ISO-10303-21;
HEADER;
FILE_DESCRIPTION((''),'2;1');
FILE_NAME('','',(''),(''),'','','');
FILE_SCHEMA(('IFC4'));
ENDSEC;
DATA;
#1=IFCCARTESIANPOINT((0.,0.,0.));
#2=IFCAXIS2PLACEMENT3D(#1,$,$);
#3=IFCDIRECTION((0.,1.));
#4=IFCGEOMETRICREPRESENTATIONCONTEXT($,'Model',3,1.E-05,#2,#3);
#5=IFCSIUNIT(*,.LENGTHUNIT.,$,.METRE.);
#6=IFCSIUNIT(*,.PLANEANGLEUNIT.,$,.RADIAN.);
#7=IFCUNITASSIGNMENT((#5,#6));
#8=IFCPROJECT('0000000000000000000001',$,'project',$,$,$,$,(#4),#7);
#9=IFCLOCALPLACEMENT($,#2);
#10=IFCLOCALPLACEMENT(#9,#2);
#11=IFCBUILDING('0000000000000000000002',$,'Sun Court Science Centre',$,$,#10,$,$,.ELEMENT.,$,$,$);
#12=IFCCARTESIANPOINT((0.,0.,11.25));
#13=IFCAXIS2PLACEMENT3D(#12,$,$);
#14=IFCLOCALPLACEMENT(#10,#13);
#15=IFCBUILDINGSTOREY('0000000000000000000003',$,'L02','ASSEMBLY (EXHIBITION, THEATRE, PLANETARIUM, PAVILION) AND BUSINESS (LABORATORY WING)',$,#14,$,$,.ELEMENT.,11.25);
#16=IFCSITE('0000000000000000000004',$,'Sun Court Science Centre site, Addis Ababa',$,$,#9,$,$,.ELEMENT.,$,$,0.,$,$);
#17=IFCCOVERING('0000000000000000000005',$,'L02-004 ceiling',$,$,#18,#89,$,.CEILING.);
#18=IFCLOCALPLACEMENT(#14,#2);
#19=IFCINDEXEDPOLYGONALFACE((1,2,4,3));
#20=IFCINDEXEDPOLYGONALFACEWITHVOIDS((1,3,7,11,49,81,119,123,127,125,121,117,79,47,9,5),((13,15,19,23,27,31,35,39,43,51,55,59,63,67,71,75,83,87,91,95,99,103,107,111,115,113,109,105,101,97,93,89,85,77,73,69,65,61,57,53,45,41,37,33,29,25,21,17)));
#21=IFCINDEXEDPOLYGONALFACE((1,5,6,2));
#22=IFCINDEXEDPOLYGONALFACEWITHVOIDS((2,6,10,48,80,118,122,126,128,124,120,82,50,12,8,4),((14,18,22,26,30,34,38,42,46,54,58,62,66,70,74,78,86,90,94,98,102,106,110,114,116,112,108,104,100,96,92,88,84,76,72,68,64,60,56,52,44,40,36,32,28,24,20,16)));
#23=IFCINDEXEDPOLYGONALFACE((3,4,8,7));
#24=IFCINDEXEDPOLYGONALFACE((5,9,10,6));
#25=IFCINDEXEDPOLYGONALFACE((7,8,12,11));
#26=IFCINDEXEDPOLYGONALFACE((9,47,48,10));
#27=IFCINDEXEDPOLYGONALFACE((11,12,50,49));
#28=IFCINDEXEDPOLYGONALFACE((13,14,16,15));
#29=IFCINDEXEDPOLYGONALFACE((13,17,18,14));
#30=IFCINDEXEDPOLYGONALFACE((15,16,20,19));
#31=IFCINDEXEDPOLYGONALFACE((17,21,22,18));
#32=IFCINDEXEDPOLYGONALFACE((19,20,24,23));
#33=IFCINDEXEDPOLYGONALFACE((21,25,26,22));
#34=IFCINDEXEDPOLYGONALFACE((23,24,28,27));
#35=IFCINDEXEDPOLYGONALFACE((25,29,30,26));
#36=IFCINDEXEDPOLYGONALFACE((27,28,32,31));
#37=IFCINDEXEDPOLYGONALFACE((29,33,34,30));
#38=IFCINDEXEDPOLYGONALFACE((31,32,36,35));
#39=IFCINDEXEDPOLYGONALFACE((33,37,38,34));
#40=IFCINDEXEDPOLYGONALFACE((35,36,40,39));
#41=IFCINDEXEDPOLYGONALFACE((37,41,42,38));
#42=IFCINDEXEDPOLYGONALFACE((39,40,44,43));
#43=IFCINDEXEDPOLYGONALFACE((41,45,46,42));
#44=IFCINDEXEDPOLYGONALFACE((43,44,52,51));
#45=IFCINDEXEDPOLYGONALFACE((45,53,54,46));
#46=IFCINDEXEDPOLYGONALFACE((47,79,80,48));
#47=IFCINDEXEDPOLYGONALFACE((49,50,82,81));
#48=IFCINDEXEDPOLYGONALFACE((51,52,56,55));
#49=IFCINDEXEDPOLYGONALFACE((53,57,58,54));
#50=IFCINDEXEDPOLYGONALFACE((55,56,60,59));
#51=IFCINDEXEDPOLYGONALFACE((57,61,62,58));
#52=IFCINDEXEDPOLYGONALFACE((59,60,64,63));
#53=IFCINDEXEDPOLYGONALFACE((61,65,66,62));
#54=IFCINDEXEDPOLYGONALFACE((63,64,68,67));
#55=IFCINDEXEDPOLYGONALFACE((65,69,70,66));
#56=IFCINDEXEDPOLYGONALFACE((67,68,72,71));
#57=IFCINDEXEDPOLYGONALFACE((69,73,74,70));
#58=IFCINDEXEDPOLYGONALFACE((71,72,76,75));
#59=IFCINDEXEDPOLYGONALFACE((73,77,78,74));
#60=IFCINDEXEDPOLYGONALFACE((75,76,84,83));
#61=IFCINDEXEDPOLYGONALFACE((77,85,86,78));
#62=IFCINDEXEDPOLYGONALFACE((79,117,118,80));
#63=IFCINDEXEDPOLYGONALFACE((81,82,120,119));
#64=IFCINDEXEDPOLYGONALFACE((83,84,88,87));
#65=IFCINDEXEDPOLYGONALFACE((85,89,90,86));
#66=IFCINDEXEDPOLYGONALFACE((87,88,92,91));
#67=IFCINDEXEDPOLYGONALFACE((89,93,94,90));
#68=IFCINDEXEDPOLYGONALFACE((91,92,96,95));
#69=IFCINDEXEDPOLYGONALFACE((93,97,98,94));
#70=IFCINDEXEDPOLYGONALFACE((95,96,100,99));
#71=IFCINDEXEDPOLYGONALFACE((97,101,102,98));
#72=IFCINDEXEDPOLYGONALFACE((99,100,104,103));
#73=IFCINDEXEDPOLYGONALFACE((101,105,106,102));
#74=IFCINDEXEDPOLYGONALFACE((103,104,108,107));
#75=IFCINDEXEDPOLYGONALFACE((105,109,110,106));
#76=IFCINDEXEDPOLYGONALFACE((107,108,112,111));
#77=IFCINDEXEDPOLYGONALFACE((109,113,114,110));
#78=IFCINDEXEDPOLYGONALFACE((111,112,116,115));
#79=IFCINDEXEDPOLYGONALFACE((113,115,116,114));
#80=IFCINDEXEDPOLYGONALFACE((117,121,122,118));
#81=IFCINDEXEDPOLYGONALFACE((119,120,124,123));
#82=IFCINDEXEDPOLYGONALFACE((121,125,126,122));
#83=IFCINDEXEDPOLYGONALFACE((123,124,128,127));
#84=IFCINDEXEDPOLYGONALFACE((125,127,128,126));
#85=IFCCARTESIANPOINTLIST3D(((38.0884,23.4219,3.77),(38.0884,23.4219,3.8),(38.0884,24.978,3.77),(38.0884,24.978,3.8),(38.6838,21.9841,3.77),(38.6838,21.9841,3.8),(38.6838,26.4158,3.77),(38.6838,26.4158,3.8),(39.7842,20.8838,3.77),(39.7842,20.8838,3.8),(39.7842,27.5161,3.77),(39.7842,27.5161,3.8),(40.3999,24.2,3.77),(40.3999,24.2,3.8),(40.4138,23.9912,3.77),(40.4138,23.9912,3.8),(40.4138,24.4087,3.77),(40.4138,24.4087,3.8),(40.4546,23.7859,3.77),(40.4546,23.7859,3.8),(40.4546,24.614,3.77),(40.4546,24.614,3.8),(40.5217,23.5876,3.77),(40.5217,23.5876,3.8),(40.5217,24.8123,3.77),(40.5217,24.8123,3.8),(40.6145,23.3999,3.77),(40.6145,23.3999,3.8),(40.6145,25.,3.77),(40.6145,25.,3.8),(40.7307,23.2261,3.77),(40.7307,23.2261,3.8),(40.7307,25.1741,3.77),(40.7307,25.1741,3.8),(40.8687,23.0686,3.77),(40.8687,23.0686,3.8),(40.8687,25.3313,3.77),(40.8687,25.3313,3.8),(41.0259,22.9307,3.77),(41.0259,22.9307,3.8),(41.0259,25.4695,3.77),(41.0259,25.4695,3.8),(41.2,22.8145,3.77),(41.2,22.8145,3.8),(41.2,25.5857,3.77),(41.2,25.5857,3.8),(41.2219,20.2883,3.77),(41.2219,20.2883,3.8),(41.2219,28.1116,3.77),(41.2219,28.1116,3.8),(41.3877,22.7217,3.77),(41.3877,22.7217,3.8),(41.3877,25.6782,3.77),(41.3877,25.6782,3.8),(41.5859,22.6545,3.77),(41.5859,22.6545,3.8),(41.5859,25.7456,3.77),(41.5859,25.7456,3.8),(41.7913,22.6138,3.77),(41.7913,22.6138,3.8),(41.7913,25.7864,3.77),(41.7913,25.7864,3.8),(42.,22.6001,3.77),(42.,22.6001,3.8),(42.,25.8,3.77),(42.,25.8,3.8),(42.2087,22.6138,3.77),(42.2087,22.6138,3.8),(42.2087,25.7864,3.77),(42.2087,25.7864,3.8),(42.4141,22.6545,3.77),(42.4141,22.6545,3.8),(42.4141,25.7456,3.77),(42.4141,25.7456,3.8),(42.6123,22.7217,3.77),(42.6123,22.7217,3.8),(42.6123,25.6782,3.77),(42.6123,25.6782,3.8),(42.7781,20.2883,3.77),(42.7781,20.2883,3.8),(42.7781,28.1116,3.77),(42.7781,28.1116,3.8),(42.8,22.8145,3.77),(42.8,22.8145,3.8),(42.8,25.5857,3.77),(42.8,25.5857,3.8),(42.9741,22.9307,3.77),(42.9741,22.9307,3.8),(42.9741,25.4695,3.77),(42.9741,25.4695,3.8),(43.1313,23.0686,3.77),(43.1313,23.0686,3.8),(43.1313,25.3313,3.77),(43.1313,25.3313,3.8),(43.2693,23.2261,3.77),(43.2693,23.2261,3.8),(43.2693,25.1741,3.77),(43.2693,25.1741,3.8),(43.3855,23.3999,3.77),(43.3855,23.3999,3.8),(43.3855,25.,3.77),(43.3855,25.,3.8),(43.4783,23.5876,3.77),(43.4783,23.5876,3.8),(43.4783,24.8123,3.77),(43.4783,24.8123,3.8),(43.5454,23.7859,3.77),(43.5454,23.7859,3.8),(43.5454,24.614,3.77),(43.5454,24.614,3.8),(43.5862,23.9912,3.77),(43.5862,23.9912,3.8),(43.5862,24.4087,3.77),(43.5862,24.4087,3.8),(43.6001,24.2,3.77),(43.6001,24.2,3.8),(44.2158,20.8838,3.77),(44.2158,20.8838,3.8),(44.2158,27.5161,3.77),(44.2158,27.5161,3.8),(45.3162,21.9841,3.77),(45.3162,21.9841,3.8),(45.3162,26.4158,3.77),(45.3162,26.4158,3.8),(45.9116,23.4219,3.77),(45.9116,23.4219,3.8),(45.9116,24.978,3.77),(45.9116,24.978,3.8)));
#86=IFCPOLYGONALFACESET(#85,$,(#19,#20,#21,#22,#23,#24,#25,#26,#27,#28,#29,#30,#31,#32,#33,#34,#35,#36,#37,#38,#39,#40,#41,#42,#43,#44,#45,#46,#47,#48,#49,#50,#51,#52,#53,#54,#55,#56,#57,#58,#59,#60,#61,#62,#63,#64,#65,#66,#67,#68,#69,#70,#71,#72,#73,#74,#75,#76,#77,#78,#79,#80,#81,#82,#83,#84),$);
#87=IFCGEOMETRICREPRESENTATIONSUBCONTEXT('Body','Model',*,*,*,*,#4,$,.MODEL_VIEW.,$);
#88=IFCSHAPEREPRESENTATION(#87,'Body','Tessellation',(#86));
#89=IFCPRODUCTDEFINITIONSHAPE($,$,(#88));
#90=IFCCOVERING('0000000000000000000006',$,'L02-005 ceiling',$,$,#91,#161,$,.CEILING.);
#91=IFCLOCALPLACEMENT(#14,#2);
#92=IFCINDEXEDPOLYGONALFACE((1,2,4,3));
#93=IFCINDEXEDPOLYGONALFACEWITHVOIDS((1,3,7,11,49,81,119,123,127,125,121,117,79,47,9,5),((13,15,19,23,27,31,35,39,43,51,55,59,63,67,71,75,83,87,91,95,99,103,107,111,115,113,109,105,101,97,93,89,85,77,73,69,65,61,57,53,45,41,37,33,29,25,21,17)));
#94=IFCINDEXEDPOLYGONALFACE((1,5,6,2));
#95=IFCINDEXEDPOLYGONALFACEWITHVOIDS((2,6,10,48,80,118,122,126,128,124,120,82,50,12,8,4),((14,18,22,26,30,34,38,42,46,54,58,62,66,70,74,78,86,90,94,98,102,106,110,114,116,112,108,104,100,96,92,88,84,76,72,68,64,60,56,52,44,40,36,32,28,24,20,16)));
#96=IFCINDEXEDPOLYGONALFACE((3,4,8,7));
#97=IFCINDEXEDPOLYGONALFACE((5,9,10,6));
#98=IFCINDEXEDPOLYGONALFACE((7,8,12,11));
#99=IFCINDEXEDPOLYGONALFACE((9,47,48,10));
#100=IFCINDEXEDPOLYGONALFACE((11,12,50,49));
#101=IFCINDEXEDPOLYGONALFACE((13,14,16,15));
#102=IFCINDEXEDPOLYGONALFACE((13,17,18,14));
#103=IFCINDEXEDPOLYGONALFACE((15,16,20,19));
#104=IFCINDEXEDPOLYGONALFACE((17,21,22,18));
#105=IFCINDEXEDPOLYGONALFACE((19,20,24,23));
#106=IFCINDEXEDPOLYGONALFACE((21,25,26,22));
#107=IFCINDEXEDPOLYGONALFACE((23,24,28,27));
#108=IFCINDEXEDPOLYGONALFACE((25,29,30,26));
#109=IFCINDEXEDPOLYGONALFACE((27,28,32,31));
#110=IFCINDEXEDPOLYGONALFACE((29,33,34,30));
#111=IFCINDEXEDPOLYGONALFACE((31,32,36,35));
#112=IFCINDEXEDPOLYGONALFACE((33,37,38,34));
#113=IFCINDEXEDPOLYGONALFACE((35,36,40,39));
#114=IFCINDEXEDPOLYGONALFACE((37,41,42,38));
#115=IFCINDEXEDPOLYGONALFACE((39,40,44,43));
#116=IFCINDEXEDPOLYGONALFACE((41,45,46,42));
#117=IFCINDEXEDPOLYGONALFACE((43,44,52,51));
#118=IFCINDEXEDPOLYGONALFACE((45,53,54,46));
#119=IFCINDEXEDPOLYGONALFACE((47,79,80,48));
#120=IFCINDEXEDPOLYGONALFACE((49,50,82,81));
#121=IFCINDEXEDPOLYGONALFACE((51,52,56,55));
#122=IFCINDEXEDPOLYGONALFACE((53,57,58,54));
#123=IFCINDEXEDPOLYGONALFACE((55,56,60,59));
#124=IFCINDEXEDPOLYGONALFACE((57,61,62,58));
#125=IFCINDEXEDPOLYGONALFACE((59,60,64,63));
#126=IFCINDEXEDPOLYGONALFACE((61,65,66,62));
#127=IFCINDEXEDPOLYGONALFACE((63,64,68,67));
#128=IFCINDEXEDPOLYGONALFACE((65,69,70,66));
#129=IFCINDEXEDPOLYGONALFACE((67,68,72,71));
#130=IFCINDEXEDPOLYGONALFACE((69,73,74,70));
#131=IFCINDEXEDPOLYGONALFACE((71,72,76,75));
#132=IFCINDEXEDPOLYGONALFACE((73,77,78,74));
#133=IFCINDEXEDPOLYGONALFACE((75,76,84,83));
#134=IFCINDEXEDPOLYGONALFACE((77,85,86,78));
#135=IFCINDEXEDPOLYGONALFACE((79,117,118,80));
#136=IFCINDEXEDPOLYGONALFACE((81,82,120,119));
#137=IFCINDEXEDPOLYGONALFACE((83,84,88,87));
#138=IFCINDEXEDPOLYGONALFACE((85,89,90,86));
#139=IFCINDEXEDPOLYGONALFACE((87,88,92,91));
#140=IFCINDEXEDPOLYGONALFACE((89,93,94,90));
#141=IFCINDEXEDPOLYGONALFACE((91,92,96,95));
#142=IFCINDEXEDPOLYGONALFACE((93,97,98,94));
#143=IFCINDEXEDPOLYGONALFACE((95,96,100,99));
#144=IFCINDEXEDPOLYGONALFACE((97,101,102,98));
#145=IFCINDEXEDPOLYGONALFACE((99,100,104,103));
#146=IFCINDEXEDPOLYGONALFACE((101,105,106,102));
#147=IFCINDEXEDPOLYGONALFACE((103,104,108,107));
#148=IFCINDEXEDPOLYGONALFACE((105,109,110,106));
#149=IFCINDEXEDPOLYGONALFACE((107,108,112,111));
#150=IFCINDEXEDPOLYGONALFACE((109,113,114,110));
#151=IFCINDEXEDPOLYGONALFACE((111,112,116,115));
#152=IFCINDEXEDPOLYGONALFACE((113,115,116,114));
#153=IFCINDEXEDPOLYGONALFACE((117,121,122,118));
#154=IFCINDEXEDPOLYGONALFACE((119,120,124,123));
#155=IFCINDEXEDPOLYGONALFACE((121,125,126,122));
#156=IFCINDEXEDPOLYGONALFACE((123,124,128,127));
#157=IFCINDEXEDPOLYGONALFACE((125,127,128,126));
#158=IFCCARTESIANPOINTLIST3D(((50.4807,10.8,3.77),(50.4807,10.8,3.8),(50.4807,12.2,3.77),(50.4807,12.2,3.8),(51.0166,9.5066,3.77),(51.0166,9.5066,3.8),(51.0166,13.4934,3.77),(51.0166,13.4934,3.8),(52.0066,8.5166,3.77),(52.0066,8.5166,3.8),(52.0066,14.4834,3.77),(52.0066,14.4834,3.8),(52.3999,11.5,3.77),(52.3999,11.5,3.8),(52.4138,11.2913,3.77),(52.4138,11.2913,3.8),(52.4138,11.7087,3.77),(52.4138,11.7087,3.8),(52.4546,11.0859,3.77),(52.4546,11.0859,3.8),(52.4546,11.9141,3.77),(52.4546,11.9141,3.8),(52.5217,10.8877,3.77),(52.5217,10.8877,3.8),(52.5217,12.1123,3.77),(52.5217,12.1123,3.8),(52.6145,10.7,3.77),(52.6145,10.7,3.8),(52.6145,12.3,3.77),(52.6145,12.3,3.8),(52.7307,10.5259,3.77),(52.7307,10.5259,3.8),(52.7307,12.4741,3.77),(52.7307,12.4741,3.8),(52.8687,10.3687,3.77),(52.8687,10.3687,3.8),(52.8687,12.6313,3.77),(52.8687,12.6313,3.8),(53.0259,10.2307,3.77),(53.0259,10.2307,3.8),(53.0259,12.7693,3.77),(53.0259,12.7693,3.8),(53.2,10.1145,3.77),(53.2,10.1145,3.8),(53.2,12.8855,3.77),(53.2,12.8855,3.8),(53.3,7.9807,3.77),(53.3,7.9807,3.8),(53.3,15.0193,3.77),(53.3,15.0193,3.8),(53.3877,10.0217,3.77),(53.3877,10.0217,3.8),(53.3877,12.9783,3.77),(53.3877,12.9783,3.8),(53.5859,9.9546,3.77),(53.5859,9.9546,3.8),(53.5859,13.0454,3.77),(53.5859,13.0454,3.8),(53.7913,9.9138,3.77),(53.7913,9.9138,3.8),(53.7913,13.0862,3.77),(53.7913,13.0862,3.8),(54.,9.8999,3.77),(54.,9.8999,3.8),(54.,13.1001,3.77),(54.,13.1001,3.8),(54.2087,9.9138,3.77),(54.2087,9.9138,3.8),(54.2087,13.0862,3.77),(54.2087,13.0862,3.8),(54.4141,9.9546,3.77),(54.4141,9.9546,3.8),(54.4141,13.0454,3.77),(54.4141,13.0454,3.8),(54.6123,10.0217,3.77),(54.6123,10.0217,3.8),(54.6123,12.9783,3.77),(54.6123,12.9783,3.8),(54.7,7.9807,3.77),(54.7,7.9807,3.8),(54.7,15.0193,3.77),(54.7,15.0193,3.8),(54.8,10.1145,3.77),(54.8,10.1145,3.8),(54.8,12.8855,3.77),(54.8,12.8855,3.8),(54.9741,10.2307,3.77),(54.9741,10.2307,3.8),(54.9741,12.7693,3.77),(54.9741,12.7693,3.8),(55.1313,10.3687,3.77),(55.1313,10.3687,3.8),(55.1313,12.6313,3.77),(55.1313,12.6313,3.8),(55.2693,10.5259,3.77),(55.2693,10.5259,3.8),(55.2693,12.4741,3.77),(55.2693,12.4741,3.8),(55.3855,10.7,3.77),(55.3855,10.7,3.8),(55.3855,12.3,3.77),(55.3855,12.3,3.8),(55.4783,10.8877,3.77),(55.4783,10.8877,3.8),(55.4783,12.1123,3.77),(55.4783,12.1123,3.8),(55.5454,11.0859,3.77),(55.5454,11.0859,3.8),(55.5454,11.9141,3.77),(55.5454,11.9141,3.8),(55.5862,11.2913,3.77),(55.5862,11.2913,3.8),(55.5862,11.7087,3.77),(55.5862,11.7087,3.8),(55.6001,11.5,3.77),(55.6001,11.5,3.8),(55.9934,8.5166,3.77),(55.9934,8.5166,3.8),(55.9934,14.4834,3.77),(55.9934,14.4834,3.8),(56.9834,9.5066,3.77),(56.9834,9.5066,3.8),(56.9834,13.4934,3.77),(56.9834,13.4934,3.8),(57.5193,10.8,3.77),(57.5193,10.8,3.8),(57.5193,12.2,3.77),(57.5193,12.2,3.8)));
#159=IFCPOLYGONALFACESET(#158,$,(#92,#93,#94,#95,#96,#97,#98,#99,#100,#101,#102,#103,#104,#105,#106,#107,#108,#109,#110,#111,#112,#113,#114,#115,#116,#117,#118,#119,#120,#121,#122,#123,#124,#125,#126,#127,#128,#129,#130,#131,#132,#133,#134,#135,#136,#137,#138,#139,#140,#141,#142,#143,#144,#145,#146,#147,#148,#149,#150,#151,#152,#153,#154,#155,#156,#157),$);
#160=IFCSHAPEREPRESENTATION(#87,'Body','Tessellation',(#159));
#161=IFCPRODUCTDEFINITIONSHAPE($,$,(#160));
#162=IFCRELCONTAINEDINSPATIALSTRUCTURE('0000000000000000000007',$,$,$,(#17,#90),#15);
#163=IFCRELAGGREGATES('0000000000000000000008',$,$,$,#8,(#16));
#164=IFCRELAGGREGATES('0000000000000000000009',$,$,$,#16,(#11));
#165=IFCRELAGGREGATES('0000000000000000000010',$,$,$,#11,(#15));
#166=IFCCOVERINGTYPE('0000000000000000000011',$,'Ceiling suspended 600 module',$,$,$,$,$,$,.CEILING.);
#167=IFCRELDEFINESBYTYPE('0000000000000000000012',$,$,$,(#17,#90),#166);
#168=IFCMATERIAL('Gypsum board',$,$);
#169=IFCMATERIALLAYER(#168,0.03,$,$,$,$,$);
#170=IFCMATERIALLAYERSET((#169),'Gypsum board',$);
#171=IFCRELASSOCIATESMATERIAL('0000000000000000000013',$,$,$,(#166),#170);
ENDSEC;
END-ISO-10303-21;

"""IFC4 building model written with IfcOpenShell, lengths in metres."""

from ifc_helpers import new_model, si_unit, direction, frame, origin, place, context, subcontext, project, spatial, polyline, outline, extrude, material, layer, layer_set, type_object, element, save


model = new_model("IFC4")

# Units and contexts
model_context = context("Model", 3, precision=1e-05, world=origin(), true_north=direction((0.0, 1.0)))
body_context = subcontext(model_context, "Body", "Model", "MODEL_VIEW")
ifc_project = project(units=[si_unit("LENGTHUNIT", "METRE"), si_unit("PLANEANGLEUNIT", "RADIAN")], contexts=[model_context])

# Site, building, storey
site_placement = place(None, origin())
site = spatial("IfcSite", under=ifc_project, at=site_placement, Name="Sun Court Science Centre site, Addis Ababa", CompositionType="ELEMENT", RefElevation=0.0)
building_placement = place(site_placement, origin())
building = spatial("IfcBuilding", under=site, at=building_placement, Name="Sun Court Science Centre", CompositionType="ELEMENT")
storey_placement = place(building_placement, frame((0.0, 0.0, 11.25)))
storey = spatial("IfcBuildingStorey", under=building, at=storey_placement, Name="L02", Description="ASSEMBLY (EXHIBITION, THEATRE, PLANETARIUM, PAVILION) AND BUSINESS (LABORATORY WING)", CompositionType="ELEMENT", Elevation=11.25)

# Coverings
ifc_material_1 = material(Name="Gypsum board")
ifc_layer_1 = layer(ifc_material_1, 0.03)
ifc_layer_set_1 = layer_set([ifc_layer_1], Name="Gypsum board")
covering_type_1 = type_object("IfcCoveringType", Name="Ceiling suspended 600 module", PredefinedType="CEILING", material=ifc_layer_set_1)
covering_1_placement = place(storey_placement, frame((0.0, 0.0, 3.77)))
element("IfcCovering", 1, at=covering_1_placement, inside=storey, type_object=covering_type_1, Name="L02-004 ceiling", PredefinedType="CEILING", context=body_context, shape_type="SweptSolid", body=[
    extrude(outline(polyline([(45.3162, 21.9841), (44.2158, 20.8838), (42.7781, 20.2883), (41.2219, 20.2883), (39.7842, 20.8838), (38.6838, 21.9841), (38.0884, 23.4219), (38.0884, 24.978), (38.6838, 26.4158), (39.7842, 27.5161), (41.2219, 28.1116), (42.7781, 28.1116), (44.2158, 27.5161), (45.3162, 26.4158), (45.9116, 24.978), (45.9116, 23.4219), (45.3162, 21.9841)]), holes=[polyline([(43.4783, 24.8123), (43.3855, 25.0), (43.2693, 25.1741), (43.1313, 25.3313), (42.9741, 25.4695), (42.8, 25.5857), (42.6123, 25.6782), (42.4141, 25.7456), (42.2087, 25.7864), (42.0, 25.8), (41.7913, 25.7864), (41.5859, 25.7456), (41.3877, 25.6782), (41.2, 25.5857), (41.0259, 25.4695), (40.8687, 25.3313), (40.7307, 25.1741), (40.6145, 25.0), (40.5217, 24.8123), (40.4546, 24.614), (40.4138, 24.4087), (40.3999, 24.2), (40.4138, 23.9912), (40.4546, 23.7859), (40.5217, 23.5876), (40.6145, 23.3999), (40.7307, 23.2261), (40.8687, 23.0686), (41.0259, 22.9307), (41.2, 22.8145), (41.3877, 22.7217), (41.5859, 22.6545), (41.7913, 22.6138), (42.0, 22.6001), (42.2087, 22.6138), (42.4141, 22.6545), (42.6123, 22.7217), (42.8, 22.8145), (42.9741, 22.9307), (43.1313, 23.0686), (43.2693, 23.2261), (43.3855, 23.3999), (43.4783, 23.5876), (43.5454, 23.7859), (43.5862, 23.9912), (43.6001, 24.2), (43.5862, 24.4087), (43.5454, 24.614), (43.4783, 24.8123)])]), origin(), (0.0, 0.0, 1.0), 0.03),
])
covering_2_placement = place(storey_placement, frame((0.0, 0.0, 3.77)))
element("IfcCovering", 2, at=covering_2_placement, inside=storey, type_object=covering_type_1, Name="L02-005 ceiling", PredefinedType="CEILING", context=body_context, shape_type="SweptSolid", body=[
    extrude(outline(polyline([(56.9834, 9.5066), (55.9934, 8.5166), (54.7, 7.9807), (53.3, 7.9807), (52.0066, 8.5166), (51.0166, 9.5066), (50.4807, 10.8), (50.4807, 12.2), (51.0166, 13.4934), (52.0066, 14.4834), (53.3, 15.0193), (54.7, 15.0193), (55.9934, 14.4834), (56.9834, 13.4934), (57.5193, 12.2), (57.5193, 10.8), (56.9834, 9.5066)]), holes=[polyline([(55.4783, 12.1123), (55.3855, 12.3), (55.2693, 12.4741), (55.1313, 12.6313), (54.9741, 12.7693), (54.8, 12.8855), (54.6123, 12.9783), (54.4141, 13.0454), (54.2087, 13.0862), (54.0, 13.1001), (53.7913, 13.0862), (53.5859, 13.0454), (53.3877, 12.9783), (53.2, 12.8855), (53.0259, 12.7693), (52.8687, 12.6313), (52.7307, 12.4741), (52.6145, 12.3), (52.5217, 12.1123), (52.4546, 11.9141), (52.4138, 11.7087), (52.3999, 11.5), (52.4138, 11.2913), (52.4546, 11.0859), (52.5217, 10.8877), (52.6145, 10.7), (52.7307, 10.5259), (52.8687, 10.3687), (53.0259, 10.2307), (53.2, 10.1145), (53.3877, 10.0217), (53.5859, 9.9546), (53.7913, 9.9138), (54.0, 9.8999), (54.2087, 9.9138), (54.4141, 9.9546), (54.6123, 10.0217), (54.8, 10.1145), (54.9741, 10.2307), (55.1313, 10.3687), (55.2693, 10.5259), (55.3855, 10.7), (55.4783, 10.8877), (55.5454, 11.0859), (55.5862, 11.2913), (55.6001, 11.5), (55.5862, 11.7087), (55.5454, 11.9141), (55.4783, 12.1123)])]), origin(), (0.0, 0.0, 1.0), 0.03),
])

save(model, "model.ifc")
